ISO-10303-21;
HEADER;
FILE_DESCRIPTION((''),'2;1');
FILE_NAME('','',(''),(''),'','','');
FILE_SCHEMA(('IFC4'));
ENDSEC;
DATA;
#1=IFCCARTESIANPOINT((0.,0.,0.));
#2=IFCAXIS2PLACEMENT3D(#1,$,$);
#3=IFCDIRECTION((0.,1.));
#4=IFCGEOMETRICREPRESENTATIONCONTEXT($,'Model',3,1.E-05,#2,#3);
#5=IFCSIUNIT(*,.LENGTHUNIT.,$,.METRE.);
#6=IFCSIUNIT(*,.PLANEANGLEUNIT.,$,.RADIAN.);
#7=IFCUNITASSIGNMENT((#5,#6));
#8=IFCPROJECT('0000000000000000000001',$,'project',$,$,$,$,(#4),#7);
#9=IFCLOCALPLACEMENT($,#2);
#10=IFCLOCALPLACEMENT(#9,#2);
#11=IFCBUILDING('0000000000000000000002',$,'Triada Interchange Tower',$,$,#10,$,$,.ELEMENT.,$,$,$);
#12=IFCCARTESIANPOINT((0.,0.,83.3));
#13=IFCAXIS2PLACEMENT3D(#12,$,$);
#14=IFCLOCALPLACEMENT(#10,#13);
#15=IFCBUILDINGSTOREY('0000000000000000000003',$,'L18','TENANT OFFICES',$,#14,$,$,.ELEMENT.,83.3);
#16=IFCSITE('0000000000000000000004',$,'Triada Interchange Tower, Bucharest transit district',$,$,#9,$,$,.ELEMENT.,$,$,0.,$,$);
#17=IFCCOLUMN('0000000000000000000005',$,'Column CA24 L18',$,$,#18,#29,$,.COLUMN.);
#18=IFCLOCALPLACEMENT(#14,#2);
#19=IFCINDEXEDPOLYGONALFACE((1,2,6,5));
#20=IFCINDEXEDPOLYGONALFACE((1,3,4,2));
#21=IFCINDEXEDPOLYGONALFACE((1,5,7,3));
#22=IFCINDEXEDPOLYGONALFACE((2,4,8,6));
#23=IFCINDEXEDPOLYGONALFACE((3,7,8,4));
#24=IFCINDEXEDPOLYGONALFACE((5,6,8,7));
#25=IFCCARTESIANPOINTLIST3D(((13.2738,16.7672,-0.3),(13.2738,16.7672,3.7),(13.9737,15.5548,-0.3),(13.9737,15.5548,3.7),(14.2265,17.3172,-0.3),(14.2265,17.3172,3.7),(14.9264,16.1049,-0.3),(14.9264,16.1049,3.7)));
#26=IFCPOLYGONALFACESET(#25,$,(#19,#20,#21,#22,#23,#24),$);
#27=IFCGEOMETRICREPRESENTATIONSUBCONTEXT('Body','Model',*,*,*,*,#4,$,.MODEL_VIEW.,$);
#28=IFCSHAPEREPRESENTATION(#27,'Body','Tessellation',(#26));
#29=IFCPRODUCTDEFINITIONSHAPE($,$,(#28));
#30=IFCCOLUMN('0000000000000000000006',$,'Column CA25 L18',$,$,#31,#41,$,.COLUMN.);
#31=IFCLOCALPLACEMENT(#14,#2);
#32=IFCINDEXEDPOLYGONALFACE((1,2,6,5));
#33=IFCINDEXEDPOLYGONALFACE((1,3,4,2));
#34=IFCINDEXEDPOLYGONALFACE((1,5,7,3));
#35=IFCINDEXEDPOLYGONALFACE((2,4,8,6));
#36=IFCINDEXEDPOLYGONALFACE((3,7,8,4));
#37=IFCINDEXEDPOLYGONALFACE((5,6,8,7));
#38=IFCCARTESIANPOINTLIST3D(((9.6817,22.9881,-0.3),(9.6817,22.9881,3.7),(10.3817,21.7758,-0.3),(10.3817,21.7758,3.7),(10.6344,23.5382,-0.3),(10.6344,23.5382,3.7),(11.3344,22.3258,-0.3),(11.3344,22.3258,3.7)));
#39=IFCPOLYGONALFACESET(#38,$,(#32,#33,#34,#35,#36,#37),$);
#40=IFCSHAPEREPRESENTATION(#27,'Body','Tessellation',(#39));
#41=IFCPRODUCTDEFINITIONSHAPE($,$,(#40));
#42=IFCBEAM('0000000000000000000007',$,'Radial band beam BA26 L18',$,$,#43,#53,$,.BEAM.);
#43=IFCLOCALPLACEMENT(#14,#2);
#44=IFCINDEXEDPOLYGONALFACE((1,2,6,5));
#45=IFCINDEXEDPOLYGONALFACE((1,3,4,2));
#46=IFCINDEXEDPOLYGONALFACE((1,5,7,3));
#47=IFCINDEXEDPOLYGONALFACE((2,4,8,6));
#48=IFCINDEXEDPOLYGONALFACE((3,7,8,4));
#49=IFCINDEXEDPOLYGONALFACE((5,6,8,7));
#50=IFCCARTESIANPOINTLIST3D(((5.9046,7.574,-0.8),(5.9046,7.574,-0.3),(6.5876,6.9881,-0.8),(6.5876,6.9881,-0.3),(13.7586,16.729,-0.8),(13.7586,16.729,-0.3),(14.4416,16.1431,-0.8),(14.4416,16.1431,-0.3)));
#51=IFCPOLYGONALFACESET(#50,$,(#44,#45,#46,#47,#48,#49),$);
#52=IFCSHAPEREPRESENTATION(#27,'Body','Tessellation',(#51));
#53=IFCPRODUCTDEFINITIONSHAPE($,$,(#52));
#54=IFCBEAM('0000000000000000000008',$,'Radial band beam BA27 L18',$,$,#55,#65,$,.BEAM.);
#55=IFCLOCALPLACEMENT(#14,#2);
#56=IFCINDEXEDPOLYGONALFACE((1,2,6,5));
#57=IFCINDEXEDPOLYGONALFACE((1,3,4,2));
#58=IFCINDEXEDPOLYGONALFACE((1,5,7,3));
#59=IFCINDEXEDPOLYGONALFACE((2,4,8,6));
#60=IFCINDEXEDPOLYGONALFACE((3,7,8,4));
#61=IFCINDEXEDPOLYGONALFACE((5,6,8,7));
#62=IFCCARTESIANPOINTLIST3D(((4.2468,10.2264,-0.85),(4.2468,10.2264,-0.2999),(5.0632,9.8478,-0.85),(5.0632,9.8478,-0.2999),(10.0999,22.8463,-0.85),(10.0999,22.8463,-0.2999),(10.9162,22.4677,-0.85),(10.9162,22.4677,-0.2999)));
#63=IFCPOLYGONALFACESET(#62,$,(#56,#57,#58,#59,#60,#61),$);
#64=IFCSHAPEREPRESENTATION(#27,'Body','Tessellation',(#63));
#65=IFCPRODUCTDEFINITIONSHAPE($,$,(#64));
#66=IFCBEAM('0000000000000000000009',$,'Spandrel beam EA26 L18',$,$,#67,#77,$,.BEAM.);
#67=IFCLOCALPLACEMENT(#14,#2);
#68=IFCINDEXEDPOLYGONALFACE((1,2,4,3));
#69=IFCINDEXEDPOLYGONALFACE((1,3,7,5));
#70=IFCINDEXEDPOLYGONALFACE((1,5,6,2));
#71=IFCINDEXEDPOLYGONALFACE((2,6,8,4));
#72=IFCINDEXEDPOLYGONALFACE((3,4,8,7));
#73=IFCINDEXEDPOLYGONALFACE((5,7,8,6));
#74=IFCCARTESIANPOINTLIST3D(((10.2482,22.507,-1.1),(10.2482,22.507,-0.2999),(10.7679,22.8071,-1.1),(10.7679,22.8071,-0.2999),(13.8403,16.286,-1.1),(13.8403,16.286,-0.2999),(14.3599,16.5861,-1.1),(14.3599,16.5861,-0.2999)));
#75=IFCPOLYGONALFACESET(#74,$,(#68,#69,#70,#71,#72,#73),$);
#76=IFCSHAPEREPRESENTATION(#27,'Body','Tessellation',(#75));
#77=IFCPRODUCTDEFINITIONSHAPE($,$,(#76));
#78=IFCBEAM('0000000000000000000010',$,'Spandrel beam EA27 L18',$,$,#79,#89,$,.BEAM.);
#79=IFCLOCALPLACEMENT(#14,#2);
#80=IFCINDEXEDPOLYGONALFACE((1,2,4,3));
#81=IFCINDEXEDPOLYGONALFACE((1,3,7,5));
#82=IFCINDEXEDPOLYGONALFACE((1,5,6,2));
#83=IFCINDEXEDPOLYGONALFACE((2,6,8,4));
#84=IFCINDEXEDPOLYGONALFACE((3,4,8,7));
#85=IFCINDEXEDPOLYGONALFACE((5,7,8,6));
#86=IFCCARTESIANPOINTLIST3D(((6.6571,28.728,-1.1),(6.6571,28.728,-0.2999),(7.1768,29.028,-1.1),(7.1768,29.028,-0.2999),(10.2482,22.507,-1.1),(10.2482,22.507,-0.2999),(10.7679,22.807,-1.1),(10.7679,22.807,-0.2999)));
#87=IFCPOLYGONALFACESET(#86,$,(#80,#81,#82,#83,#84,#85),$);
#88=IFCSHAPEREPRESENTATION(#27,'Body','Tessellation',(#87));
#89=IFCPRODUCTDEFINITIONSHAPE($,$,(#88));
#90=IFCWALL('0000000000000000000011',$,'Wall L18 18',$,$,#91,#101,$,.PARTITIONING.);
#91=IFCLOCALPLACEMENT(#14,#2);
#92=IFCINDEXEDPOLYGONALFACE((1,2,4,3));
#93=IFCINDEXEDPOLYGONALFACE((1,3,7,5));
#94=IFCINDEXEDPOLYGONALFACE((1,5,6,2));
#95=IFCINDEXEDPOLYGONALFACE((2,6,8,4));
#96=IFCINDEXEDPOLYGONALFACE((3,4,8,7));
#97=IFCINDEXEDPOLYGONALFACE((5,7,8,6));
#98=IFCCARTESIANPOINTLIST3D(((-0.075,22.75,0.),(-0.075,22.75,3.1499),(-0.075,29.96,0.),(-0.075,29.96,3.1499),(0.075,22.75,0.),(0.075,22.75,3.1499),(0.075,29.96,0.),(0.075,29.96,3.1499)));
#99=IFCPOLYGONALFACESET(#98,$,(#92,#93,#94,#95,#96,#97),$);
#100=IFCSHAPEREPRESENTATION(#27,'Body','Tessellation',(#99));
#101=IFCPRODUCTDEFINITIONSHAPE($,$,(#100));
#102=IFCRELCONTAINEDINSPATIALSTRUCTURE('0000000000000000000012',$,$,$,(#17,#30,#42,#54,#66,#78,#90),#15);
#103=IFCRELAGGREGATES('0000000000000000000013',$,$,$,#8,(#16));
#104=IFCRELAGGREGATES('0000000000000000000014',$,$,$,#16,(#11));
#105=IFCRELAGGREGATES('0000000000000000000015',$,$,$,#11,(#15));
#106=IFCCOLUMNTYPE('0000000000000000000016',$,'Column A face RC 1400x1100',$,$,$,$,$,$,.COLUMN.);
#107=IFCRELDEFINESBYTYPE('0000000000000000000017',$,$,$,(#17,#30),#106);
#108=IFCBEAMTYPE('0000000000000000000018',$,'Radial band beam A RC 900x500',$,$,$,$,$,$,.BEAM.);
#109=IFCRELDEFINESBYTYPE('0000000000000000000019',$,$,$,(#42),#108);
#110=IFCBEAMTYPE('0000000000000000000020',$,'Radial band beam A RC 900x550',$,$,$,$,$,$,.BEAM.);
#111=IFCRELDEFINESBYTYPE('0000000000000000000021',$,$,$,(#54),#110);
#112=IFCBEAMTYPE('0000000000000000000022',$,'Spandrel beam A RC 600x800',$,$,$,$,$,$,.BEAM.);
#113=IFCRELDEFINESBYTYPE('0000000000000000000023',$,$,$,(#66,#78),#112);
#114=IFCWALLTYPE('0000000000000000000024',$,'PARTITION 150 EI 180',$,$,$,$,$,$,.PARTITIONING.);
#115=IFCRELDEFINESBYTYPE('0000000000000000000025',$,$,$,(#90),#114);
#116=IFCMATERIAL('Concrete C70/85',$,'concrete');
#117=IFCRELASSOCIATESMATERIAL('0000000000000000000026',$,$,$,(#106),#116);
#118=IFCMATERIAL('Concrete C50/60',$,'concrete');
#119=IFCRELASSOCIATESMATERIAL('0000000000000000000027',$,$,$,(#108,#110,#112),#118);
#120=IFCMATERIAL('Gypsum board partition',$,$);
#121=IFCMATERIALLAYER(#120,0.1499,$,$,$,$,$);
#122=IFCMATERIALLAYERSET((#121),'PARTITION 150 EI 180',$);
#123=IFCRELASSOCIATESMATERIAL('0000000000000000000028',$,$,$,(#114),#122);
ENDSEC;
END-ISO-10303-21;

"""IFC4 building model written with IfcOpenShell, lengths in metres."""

from ifc_helpers import new_model, si_unit, direction, frame, frame_2d, origin, origin_2d, place, context, subcontext, project, spatial, rectangle, extrude, material, layer, layer_set, material_profile, profile_set, type_object, element, save


model = new_model("IFC4")

# Units and contexts
model_context = context("Model", 3, precision=1e-05, world=origin(), true_north=direction((0.0, 1.0)))
body_context = subcontext(model_context, "Body", "Model", "MODEL_VIEW")
ifc_project = project(units=[si_unit("LENGTHUNIT", "METRE"), si_unit("PLANEANGLEUNIT", "RADIAN")], contexts=[model_context])

# Site, building, storey
site_placement = place(None, origin())
site = spatial("IfcSite", under=ifc_project, at=site_placement, Name="Triada Interchange Tower, Bucharest transit district", CompositionType="ELEMENT", RefElevation=0.0)
building_placement = place(site_placement, origin())
building = spatial("IfcBuilding", under=site, at=building_placement, Name="Triada Interchange Tower", CompositionType="ELEMENT")
storey_placement = place(building_placement, frame((0.0, 0.0, 83.3)))
storey = spatial("IfcBuildingStorey", under=building, at=storey_placement, Name="L18", Description="TENANT OFFICES", CompositionType="ELEMENT", Elevation=83.3)

# Columns
ifc_material_1 = material(Name="Concrete C70/85", Category="concrete")
ifc_material_profile_1 = material_profile(ifc_material_1, rectangle(XDim=1.3999, YDim=1.1001, at=origin_2d()), Name="RC 1400x1100")
ifc_profile_set_1 = profile_set([ifc_material_profile_1], Name="Concrete C70/85")
column_type = type_object("IfcColumnType", Name="Column A face RC 1400x1100", PredefinedType="COLUMN", material=ifc_profile_set_1)
for number, where, z_axis, x_axis, name in (
    (1, (14.1001, 16.436, -0.3), (0.0, 0.0, 1.0), (-0.5, 0.866025, 0.0), "Column CA24 L18"),
    (2, (10.5081, 22.657, -0.3), (0.0, 0.0, 1.0), (-0.5, 0.866025, 0.0), "Column CA25 L18"),
):
    element("IfcColumn", number, at=place(storey_placement, frame(where, z_axis=z_axis, x_axis=x_axis)), inside=storey, type_object=column_type, Name=name, PredefinedType="COLUMN", context=body_context, shape_type="SweptSolid", body=[
        extrude(rectangle(XDim=1.3999, YDim=1.1001, at=origin_2d()), origin(), (0.0, 0.0, 1.0), 4.0),
    ])

# Beams
ifc_material_2 = material(Name="Concrete C50/60", Category="concrete")
ifc_material_profile_2 = material_profile(ifc_material_2, rectangle(XDim=0.8999, YDim=0.5, at=origin_2d()), Name="RC 900x500")
ifc_profile_set_2 = profile_set([ifc_material_profile_2], Name="Concrete C50/60")
beam_type_1 = type_object("IfcBeamType", Name="Radial band beam A RC 900x500", PredefinedType="BEAM", material=ifc_profile_set_2)
beam_1_placement = place(storey_placement, frame((14.1001, 16.436, -0.55), z_axis=(-0.651118, -0.758977, 0.0), x_axis=(0.758977, -0.651118, 0.0)))
element("IfcBeam", 3, at=beam_1_placement, inside=storey, type_object=beam_type_1, Name="Radial band beam BA26 L18", PredefinedType="BEAM", context=body_context, shape_type="SweptSolid", body=[
    extrude(rectangle(XDim=0.8999, YDim=0.5, at=origin_2d()), origin(), (0.0, 0.0, 1.0), 12.0623),
])
ifc_material_profile_3 = material_profile(ifc_material_2, rectangle(XDim=0.8999, YDim=0.55, at=origin_2d()), Name="RC 900x550")
ifc_profile_set_3 = profile_set([ifc_material_profile_3], Name="Concrete C50/60")
beam_type_2 = type_object("IfcBeamType", Name="Radial band beam A RC 900x550", PredefinedType="BEAM", material=ifc_profile_set_3)
beam_2_placement = place(storey_placement, frame((10.5081, 22.657, -0.575), z_axis=(-0.420745, -0.907179, 0.0), x_axis=(0.907179, -0.420745, 0.0)))
element("IfcBeam", 4, at=beam_2_placement, inside=storey, type_object=beam_type_2, Name="Radial band beam BA27 L18", PredefinedType="BEAM", context=body_context, shape_type="SweptSolid", body=[
    extrude(rectangle(XDim=0.8999, YDim=0.55, at=origin_2d()), origin(), (0.0, 0.0, 1.0), 13.9111),
])
ifc_material_profile_4 = material_profile(ifc_material_2, rectangle(XDim=0.6001, YDim=0.8, at=origin_2d()), Name="RC 600x800")
ifc_profile_set_4 = profile_set([ifc_material_profile_4], Name="Concrete C50/60")
beam_type_3 = type_object("IfcBeamType", Name="Spandrel beam A RC 600x800", PredefinedType="BEAM", material=ifc_profile_set_4)
beam_3_placement = place(storey_placement, frame((14.1001, 16.436, -0.7), z_axis=(-0.500039, 0.866003, 0.0), x_axis=(-0.866003, -0.500039, 0.0)))
element("IfcBeam", 5, at=beam_3_placement, inside=storey, type_object=beam_type_3, Name="Spandrel beam EA26 L18", PredefinedType="BEAM", context=body_context, shape_type="SweptSolid", body=[
    extrude(rectangle(XDim=0.6001, YDim=0.8, at=origin_2d()), origin(), (0.0, 0.0, 1.0), 7.1836),
])
beam_4_placement = place(storey_placement, frame((10.5081, 22.657, -0.7), z_axis=(-0.499937, 0.866062, 0.0), x_axis=(-0.866062, -0.499937, 0.0)))
element("IfcBeam", 6, at=beam_4_placement, inside=storey, type_object=beam_type_3, Name="Spandrel beam EA27 L18", PredefinedType="BEAM", context=body_context, shape_type="SweptSolid", body=[
    extrude(rectangle(XDim=0.6001, YDim=0.8, at=origin_2d()), origin(), (0.0, 0.0, 1.0), 7.1831),
])

# Wall
ifc_material_3 = material(Name="Gypsum board partition")
ifc_layer_1 = layer(ifc_material_3, 0.1499)
ifc_layer_set_1 = layer_set([ifc_layer_1], Name="PARTITION 150 EI 180")
wall_type_1 = type_object("IfcWallType", Name="PARTITION 150 EI 180", PredefinedType="PARTITIONING", material=ifc_layer_set_1)
wall_1_placement = place(storey_placement, frame((0.0, 22.75, 0.0), z_axis=(0.0, 0.0, 1.0), x_axis=(0.0, 1.0, 0.0)))
element("IfcWall", 7, at=wall_1_placement, inside=storey, type_object=wall_type_1, Name="Wall L18 18", PredefinedType="PARTITIONING", context=body_context, shape_type="SweptSolid", body=[
    extrude(rectangle(XDim=7.21, YDim=0.1499, at=frame_2d((3.605, 0.0))), origin(), (0.0, 0.0, 1.0), 3.1499),
])

save(model, "model.ifc")
